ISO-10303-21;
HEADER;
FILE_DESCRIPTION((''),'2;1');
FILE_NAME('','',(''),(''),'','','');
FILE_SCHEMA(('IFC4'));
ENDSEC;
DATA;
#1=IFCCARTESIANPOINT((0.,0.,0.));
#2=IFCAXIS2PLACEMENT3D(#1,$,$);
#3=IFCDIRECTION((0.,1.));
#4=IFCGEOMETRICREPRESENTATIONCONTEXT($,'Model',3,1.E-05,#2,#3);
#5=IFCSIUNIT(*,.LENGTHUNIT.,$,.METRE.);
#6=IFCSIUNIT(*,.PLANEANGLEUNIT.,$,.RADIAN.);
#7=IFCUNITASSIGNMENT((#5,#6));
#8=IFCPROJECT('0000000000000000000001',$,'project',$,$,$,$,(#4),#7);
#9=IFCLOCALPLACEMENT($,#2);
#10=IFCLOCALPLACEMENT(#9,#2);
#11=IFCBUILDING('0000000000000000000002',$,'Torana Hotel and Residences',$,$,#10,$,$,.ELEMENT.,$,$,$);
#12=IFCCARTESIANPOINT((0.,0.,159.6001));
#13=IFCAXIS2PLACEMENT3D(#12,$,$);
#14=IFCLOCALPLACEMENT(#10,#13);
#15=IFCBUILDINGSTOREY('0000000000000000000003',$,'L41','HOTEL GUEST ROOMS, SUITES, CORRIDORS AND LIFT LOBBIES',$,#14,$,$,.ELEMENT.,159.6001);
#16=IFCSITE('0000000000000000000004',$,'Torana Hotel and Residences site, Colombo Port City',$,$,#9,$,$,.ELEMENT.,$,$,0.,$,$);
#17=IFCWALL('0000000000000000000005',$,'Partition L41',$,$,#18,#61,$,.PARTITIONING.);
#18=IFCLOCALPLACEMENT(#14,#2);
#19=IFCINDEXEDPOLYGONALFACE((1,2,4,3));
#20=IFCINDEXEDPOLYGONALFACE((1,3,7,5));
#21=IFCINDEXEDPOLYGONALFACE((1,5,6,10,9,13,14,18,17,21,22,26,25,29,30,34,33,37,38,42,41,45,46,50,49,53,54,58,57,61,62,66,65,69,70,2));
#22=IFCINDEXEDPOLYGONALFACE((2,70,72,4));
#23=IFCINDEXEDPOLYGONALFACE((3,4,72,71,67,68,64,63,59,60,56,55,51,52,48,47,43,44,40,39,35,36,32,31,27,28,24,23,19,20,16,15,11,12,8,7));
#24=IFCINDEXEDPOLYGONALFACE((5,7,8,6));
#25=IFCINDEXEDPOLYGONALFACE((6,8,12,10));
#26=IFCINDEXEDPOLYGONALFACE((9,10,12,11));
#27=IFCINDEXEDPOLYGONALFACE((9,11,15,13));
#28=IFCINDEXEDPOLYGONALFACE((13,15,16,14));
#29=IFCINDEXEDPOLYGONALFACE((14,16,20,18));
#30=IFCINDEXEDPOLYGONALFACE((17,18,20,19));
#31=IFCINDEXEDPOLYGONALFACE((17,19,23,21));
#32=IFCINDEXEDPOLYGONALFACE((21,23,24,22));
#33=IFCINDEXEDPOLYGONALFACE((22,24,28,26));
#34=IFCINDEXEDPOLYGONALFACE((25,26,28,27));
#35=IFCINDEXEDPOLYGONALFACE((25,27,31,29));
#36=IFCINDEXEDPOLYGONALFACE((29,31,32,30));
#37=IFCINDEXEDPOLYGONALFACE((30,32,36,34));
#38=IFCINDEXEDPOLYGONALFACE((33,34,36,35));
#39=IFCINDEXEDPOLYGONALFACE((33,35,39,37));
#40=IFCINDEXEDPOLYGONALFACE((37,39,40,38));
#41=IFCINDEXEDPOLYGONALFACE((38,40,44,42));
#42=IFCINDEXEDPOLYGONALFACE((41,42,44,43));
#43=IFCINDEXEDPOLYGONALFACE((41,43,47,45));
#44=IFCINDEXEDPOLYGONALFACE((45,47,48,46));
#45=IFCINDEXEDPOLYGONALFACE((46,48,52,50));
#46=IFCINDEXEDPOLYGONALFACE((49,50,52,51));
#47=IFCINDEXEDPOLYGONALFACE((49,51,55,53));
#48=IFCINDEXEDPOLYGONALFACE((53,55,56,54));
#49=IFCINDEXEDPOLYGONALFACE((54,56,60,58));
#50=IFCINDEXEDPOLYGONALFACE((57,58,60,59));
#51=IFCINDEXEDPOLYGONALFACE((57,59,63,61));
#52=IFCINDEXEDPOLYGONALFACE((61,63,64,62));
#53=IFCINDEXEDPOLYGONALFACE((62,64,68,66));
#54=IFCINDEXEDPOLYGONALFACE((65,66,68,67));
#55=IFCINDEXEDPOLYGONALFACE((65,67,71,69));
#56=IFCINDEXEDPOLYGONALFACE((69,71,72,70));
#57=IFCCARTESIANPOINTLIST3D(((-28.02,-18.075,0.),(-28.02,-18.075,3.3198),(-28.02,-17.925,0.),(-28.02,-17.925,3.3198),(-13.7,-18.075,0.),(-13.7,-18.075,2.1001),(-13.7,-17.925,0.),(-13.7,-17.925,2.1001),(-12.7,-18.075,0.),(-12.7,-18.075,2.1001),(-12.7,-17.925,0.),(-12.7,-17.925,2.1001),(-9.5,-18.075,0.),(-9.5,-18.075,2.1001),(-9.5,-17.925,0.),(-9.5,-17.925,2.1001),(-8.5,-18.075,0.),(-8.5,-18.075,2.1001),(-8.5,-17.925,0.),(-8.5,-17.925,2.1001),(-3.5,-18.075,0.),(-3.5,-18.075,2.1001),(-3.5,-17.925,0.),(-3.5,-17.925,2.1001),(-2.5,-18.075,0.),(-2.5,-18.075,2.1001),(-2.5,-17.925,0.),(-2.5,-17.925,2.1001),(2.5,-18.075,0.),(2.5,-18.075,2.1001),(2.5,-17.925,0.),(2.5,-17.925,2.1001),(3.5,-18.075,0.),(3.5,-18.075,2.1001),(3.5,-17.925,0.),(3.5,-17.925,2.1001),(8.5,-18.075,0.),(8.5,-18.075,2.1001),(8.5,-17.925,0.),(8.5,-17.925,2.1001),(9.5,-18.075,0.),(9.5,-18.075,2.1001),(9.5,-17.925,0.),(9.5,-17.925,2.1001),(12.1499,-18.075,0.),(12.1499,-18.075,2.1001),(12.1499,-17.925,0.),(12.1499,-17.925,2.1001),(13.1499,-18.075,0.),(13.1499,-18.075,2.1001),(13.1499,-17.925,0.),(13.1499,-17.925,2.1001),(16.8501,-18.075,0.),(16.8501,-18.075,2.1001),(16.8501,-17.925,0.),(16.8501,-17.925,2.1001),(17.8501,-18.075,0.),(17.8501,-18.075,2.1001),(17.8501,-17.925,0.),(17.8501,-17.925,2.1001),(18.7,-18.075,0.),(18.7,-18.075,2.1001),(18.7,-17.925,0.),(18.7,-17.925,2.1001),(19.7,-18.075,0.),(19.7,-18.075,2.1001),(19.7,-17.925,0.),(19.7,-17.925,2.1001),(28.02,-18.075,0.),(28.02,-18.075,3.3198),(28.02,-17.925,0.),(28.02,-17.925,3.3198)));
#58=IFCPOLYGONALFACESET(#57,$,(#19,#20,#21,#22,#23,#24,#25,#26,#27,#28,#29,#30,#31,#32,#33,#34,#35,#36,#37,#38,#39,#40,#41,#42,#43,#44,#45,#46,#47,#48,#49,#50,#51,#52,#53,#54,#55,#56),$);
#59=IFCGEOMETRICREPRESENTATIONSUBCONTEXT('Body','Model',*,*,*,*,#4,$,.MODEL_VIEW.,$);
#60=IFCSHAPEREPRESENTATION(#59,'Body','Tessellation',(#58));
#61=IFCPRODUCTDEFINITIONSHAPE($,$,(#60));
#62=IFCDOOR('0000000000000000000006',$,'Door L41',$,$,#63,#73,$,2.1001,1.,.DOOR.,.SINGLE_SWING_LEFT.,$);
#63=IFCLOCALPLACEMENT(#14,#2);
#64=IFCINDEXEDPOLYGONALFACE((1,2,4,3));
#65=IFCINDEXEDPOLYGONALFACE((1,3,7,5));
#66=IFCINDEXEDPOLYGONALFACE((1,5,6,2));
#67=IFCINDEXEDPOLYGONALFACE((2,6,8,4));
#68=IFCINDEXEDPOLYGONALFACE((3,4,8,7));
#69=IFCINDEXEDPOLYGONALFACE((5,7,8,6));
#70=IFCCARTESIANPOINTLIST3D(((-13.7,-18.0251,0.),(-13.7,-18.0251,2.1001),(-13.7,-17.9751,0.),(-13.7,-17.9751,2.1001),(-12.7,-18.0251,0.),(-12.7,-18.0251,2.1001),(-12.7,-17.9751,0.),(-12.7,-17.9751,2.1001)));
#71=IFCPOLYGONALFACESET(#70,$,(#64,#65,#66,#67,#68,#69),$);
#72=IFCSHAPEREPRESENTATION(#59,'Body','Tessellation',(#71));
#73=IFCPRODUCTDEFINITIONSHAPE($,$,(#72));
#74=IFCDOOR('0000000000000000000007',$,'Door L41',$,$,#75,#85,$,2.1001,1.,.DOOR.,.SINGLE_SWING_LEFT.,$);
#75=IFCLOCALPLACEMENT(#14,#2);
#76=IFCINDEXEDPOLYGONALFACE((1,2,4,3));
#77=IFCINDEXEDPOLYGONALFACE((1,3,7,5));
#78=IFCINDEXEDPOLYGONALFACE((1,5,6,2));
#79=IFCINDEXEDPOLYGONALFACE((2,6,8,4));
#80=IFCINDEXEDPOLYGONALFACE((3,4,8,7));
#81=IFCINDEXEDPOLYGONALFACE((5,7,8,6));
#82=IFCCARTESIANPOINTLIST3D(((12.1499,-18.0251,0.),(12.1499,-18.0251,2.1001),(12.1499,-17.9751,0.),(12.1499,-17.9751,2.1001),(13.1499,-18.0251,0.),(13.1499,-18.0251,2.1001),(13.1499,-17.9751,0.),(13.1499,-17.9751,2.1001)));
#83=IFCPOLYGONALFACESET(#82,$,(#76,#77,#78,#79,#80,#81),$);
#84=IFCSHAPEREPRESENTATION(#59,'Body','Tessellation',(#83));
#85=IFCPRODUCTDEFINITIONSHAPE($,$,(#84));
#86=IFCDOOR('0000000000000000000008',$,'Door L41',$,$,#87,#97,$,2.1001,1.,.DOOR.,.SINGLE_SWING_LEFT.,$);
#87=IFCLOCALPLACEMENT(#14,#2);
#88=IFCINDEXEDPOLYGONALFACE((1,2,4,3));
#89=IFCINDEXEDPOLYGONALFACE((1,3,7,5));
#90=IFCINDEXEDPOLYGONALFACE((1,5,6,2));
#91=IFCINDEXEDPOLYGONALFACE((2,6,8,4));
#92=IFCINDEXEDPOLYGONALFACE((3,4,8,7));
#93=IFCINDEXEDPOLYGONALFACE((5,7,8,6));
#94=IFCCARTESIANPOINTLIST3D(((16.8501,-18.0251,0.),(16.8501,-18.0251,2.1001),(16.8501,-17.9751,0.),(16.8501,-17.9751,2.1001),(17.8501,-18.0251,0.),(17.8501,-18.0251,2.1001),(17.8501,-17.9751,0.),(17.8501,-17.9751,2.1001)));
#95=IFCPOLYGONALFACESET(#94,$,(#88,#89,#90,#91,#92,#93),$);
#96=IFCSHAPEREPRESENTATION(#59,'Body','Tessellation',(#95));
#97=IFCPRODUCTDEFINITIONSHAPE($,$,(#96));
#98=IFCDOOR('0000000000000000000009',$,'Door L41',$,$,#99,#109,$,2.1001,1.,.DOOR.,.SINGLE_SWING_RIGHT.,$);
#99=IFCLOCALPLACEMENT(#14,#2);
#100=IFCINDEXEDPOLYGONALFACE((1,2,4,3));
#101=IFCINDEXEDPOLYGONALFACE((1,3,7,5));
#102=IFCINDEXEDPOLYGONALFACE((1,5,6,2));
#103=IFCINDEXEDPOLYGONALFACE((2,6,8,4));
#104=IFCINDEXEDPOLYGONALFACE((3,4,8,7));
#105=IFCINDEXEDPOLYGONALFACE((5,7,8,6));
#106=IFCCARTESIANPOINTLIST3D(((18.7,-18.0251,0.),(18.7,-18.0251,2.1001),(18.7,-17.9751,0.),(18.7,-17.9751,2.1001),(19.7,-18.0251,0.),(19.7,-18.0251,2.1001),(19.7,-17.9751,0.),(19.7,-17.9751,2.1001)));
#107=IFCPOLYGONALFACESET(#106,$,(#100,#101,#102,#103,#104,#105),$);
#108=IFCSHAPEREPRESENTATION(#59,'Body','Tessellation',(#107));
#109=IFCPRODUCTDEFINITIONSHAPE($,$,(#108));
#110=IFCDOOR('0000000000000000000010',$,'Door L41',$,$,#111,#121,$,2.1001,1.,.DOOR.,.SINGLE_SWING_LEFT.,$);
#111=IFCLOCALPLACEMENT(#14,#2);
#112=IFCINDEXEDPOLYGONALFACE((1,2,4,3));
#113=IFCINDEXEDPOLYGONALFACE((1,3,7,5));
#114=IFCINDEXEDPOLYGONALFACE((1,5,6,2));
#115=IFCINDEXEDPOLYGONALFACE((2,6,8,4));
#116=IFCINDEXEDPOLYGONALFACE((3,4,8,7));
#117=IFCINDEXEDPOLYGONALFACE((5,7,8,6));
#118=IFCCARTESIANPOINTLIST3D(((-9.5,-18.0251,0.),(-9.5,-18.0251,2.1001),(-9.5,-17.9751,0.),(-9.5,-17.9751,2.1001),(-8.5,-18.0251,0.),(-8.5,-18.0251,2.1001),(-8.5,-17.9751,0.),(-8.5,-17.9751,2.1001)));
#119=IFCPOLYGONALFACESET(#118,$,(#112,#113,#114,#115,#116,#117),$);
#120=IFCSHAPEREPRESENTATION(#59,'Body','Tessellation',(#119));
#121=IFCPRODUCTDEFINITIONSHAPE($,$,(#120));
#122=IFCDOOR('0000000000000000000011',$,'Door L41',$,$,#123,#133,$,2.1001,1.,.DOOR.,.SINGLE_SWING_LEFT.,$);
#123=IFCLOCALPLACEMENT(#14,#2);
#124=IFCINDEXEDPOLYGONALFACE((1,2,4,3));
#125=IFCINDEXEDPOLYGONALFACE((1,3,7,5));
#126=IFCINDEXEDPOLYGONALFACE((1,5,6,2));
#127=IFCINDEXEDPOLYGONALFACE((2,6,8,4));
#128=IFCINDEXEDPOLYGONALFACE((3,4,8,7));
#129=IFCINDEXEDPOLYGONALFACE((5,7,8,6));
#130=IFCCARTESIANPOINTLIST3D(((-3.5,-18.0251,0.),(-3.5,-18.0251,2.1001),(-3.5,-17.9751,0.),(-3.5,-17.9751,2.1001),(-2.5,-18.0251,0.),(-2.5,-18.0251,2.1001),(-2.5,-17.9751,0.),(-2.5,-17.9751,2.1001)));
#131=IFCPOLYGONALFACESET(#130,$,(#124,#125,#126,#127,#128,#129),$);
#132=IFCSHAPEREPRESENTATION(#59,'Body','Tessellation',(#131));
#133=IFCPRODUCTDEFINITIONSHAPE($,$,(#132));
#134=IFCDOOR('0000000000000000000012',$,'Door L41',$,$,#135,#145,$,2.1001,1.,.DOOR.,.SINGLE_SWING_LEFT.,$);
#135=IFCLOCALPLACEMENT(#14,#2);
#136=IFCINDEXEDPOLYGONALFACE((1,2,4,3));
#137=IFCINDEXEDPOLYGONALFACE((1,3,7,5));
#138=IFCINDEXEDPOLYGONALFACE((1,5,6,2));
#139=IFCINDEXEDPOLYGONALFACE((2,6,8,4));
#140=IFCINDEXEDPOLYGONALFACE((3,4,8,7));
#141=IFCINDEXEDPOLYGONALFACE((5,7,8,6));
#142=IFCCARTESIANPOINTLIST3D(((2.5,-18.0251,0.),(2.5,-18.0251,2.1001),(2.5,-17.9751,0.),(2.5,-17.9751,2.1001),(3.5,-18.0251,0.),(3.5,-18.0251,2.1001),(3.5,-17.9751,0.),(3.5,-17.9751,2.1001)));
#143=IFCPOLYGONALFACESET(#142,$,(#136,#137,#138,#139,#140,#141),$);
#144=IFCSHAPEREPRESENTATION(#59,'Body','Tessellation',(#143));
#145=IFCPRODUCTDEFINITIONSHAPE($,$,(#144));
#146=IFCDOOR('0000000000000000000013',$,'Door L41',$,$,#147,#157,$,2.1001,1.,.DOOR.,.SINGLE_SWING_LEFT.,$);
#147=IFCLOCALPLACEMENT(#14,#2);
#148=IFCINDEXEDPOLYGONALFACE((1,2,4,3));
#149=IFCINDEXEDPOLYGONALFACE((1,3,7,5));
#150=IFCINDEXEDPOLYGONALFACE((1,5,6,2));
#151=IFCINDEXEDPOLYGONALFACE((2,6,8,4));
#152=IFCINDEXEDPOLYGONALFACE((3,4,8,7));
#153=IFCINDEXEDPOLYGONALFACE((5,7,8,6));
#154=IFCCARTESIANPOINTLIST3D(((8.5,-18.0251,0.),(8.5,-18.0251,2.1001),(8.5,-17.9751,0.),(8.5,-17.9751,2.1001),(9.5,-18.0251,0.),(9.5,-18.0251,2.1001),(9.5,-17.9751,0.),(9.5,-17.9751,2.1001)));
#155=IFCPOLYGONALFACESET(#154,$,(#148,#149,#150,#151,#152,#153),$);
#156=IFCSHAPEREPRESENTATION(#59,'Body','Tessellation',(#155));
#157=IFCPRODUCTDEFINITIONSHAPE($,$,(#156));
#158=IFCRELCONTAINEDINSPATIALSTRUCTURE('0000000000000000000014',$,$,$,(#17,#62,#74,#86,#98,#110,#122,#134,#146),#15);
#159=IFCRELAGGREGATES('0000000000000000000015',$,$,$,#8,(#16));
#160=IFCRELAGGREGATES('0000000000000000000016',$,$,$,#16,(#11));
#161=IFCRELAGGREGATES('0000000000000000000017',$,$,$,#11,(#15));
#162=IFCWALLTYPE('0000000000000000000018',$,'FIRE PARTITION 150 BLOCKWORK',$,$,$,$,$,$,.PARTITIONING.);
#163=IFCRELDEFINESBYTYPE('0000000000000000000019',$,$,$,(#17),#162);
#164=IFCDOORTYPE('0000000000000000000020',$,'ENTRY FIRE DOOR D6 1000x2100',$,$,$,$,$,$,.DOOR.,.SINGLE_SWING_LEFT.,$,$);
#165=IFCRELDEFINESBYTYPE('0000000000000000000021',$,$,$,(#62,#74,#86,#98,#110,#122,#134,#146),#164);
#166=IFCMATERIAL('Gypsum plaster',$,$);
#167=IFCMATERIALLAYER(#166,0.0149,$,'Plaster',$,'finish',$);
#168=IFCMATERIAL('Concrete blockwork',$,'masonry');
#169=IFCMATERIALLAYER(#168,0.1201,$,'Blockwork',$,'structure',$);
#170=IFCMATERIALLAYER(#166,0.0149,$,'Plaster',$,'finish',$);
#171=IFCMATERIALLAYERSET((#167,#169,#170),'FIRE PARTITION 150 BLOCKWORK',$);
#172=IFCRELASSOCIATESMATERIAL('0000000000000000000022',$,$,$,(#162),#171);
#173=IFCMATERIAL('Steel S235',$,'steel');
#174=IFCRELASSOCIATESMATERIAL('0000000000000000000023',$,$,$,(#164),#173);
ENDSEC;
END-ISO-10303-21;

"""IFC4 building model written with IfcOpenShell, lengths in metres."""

from ifc_helpers import new_model, si_unit, direction, frame, frame_2d, origin, place, context, subcontext, project, spatial, rectangle, extrude, material, layer, layer_set, type_object, element, fill, save


model = new_model("IFC4")

# Units and contexts
model_context = context("Model", 3, precision=1e-05, world=origin(), true_north=direction((0.0, 1.0)))
body_context = subcontext(model_context, "Body", "Model", "MODEL_VIEW")
ifc_project = project(units=[si_unit("LENGTHUNIT", "METRE"), si_unit("PLANEANGLEUNIT", "RADIAN")], contexts=[model_context])

# Site, building, storey
site_placement = place(None, origin())
site = spatial("IfcSite", under=ifc_project, at=site_placement, Name="Torana Hotel and Residences site, Colombo Port City", CompositionType="ELEMENT", RefElevation=0.0)
building_placement = place(site_placement, origin())
building = spatial("IfcBuilding", under=site, at=building_placement, Name="Torana Hotel and Residences", CompositionType="ELEMENT")
storey_placement = place(building_placement, frame((0.0, 0.0, 159.6001)))
storey = spatial("IfcBuildingStorey", under=building, at=storey_placement, Name="L41", Description="HOTEL GUEST ROOMS, SUITES, CORRIDORS AND LIFT LOBBIES", CompositionType="ELEMENT", Elevation=159.6001)

# Wall, openings, doors
ifc_material_1 = material(Name="Gypsum plaster")
ifc_layer_1 = layer(ifc_material_1, 0.0149, Name="Plaster", Category="finish")
ifc_material_2 = material(Name="Concrete blockwork", Category="masonry")
ifc_layer_2 = layer(ifc_material_2, 0.1201, Name="Blockwork", Category="structure")
ifc_layer_3 = layer(ifc_material_1, 0.0149, Name="Plaster", Category="finish")
ifc_layer_set_1 = layer_set([ifc_layer_1, ifc_layer_2, ifc_layer_3], Name="FIRE PARTITION 150 BLOCKWORK")
wall_type_1 = type_object("IfcWallType", Name="FIRE PARTITION 150 BLOCKWORK", PredefinedType="PARTITIONING", material=ifc_layer_set_1)
wall_1_placement = place(storey_placement, frame((-28.02, -18.0, 0.0), z_axis=(0.0, 0.0, 1.0), x_axis=(1.0, 0.0, 0.0)))
wall_1 = element("IfcWall", 1, at=wall_1_placement, inside=storey, type_object=wall_type_1, Name="Partition L41", PredefinedType="PARTITIONING", context=body_context, shape_type="SweptSolid", body=[
    extrude(rectangle(XDim=56.04, YDim=0.1499, at=frame_2d((28.02, 0.0))), origin(), (0.0, 0.0, 1.0), 3.3198),
])
opening_1_placement = place(wall_1_placement, frame((14.3201, 0.0, 0.0)))
opening_1 = element("IfcOpeningElement", 2, at=opening_1_placement, cuts=wall_1, PredefinedType="OPENING", context=body_context, shape_type="SweptSolid", body=[
    extrude(rectangle(XDim=1.0, YDim=2.1001, at=frame_2d((0.5, 1.05))), frame((0.0, 0.085, 0.0), z_axis=(0.0, -1.0, 0.0), x_axis=(1.0, 0.0, 0.0)), (0.0, 0.0, 1.0), 0.1699),
])
opening_2_placement = place(wall_1_placement, frame((40.1699, 0.0, 0.0)))
opening_2 = element("IfcOpeningElement", 3, at=opening_2_placement, cuts=wall_1, PredefinedType="OPENING", context=body_context, shape_type="SweptSolid", body=[
    extrude(rectangle(XDim=1.0, YDim=2.1001, at=frame_2d((0.5, 1.05))), frame((0.0, 0.085, 0.0), z_axis=(0.0, -1.0, 0.0), x_axis=(1.0, 0.0, 0.0)), (0.0, 0.0, 1.0), 0.1699),
])
opening_3_placement = place(wall_1_placement, frame((44.8701, 0.0, 0.0)))
opening_3 = element("IfcOpeningElement", 4, at=opening_3_placement, cuts=wall_1, PredefinedType="OPENING", context=body_context, shape_type="SweptSolid", body=[
    extrude(rectangle(XDim=1.0, YDim=2.1001, at=frame_2d((0.5, 1.05))), frame((0.0, 0.085, 0.0), z_axis=(0.0, -1.0, 0.0), x_axis=(1.0, 0.0, 0.0)), (0.0, 0.0, 1.0), 0.1699),
])
opening_4_placement = place(wall_1_placement, frame((46.72, 0.0, 0.0)))
opening_4 = element("IfcOpeningElement", 5, at=opening_4_placement, cuts=wall_1, PredefinedType="OPENING", context=body_context, shape_type="SweptSolid", body=[
    extrude(rectangle(XDim=1.0, YDim=2.1001, at=frame_2d((0.5, 1.05))), frame((0.0, 0.085, 0.0), z_axis=(0.0, -1.0, 0.0), x_axis=(1.0, 0.0, 0.0)), (0.0, 0.0, 1.0), 0.1699),
])
opening_5_placement = place(wall_1_placement, frame((18.52, 0.0, 0.0)))
opening_5 = element("IfcOpeningElement", 6, at=opening_5_placement, cuts=wall_1, PredefinedType="OPENING", context=body_context, shape_type="SweptSolid", body=[
    extrude(rectangle(XDim=1.0, YDim=2.1001, at=frame_2d((0.5, 1.05))), frame((0.0, 0.085, 0.0), z_axis=(0.0, -1.0, 0.0), x_axis=(1.0, 0.0, 0.0)), (0.0, 0.0, 1.0), 0.1699),
])
opening_6_placement = place(wall_1_placement, frame((24.52, 0.0, 0.0)))
opening_6 = element("IfcOpeningElement", 7, at=opening_6_placement, cuts=wall_1, PredefinedType="OPENING", context=body_context, shape_type="SweptSolid", body=[
    extrude(rectangle(XDim=1.0, YDim=2.1001, at=frame_2d((0.5, 1.05))), frame((0.0, 0.085, 0.0), z_axis=(0.0, -1.0, 0.0), x_axis=(1.0, 0.0, 0.0)), (0.0, 0.0, 1.0), 0.1699),
])
opening_7_placement = place(wall_1_placement, frame((30.52, 0.0, 0.0)))
opening_7 = element("IfcOpeningElement", 8, at=opening_7_placement, cuts=wall_1, PredefinedType="OPENING", context=body_context, shape_type="SweptSolid", body=[
    extrude(rectangle(XDim=1.0, YDim=2.1001, at=frame_2d((0.5, 1.05))), frame((0.0, 0.085, 0.0), z_axis=(0.0, -1.0, 0.0), x_axis=(1.0, 0.0, 0.0)), (0.0, 0.0, 1.0), 0.1699),
])
opening_8_placement = place(wall_1_placement, frame((36.52, 0.0, 0.0)))
opening_8 = element("IfcOpeningElement", 9, at=opening_8_placement, cuts=wall_1, PredefinedType="OPENING", context=body_context, shape_type="SweptSolid", body=[
    extrude(rectangle(XDim=1.0, YDim=2.1001, at=frame_2d((0.5, 1.05))), frame((0.0, 0.085, 0.0), z_axis=(0.0, -1.0, 0.0), x_axis=(1.0, 0.0, 0.0)), (0.0, 0.0, 1.0), 0.1699),
])
ifc_material_3 = material(Name="Steel S235", Category="steel")
door_type_1 = type_object("IfcDoorType", Name="ENTRY FIRE DOOR D6 1000x2100", OperationType="SINGLE_SWING_LEFT", PredefinedType="DOOR", material=ifc_material_3)
door_1_placement = place(opening_1_placement, origin())
door_1 = element("IfcDoor", 10, at=door_1_placement, inside=storey, type_object=door_type_1, Name="Door L41", OperationType="SINGLE_SWING_LEFT", OverallHeight=2.1001, OverallWidth=1.0, PredefinedType="DOOR", context=body_context, shape_type="SweptSolid", body=[
    extrude(rectangle(XDim=1.0, YDim=2.1001, at=frame_2d((0.5, 1.05))), frame((0.0, 0.0249, 0.0), z_axis=(0.0, -1.0, 0.0), x_axis=(1.0, 0.0, 0.0)), (0.0, 0.0, 1.0), 0.05),
])
fill(opening_1, door_1)
door_2_placement = place(opening_2_placement, frame((0.5, 0.0, 0.0), z_axis=(0.0, 0.0, 1.0), x_axis=(-1.0, 0.0, 0.0)))
door_2 = element("IfcDoor", 11, at=door_2_placement, inside=storey, type_object=door_type_1, Name="Door L41", OperationType="SINGLE_SWING_LEFT", OverallHeight=2.1001, OverallWidth=1.0, PredefinedType="DOOR", context=body_context, shape_type="SweptSolid", body=[
    extrude(rectangle(XDim=1.0, YDim=2.1001, at=frame_2d((0.0, 1.05))), frame((0.0, -0.0249, 0.0), z_axis=(0.0, 1.0, 0.0), x_axis=(-1.0, 0.0, 0.0)), (0.0, 0.0, 1.0), 0.05),
])
fill(opening_2, door_2)
door_3_placement = place(opening_3_placement, frame((0.5, 0.0, 0.0), z_axis=(0.0, 0.0, 1.0), x_axis=(-1.0, 0.0, 0.0)))
door_3 = element("IfcDoor", 12, at=door_3_placement, inside=storey, type_object=door_type_1, Name="Door L41", OperationType="SINGLE_SWING_LEFT", OverallHeight=2.1001, OverallWidth=1.0, PredefinedType="DOOR", context=body_context, shape_type="SweptSolid", body=[
    extrude(rectangle(XDim=1.0, YDim=2.1001, at=frame_2d((0.0, 1.05))), frame((0.0, -0.0249, 0.0), z_axis=(0.0, 1.0, 0.0), x_axis=(-1.0, 0.0, 0.0)), (0.0, 0.0, 1.0), 0.05),
])
fill(opening_3, door_3)
door_4_placement = place(opening_4_placement, origin())
door_4 = element("IfcDoor", 13, at=door_4_placement, inside=storey, type_object=door_type_1, Name="Door L41", OperationType="SINGLE_SWING_RIGHT", OverallHeight=2.1001, OverallWidth=1.0, PredefinedType="DOOR", context=body_context, shape_type="SweptSolid", body=[
    extrude(rectangle(XDim=1.0, YDim=2.1001, at=frame_2d((0.5, 1.05))), frame((0.0, 0.0249, 0.0), z_axis=(0.0, -1.0, 0.0), x_axis=(1.0, 0.0, 0.0)), (0.0, 0.0, 1.0), 0.05),
])
fill(opening_4, door_4)
door_5_placement = place(opening_5_placement, frame((0.5, 0.0, 0.0), z_axis=(0.0, 0.0, 1.0), x_axis=(-1.0, 0.0, 0.0)))
door_5 = element("IfcDoor", 14, at=door_5_placement, inside=storey, type_object=door_type_1, Name="Door L41", OperationType="SINGLE_SWING_LEFT", OverallHeight=2.1001, OverallWidth=1.0, PredefinedType="DOOR", context=body_context, shape_type="SweptSolid", body=[
    extrude(rectangle(XDim=1.0, YDim=2.1001, at=frame_2d((0.0, 1.05))), frame((0.0, -0.0249, 0.0), z_axis=(0.0, 1.0, 0.0), x_axis=(-1.0, 0.0, 0.0)), (0.0, 0.0, 1.0), 0.05),
])
fill(opening_5, door_5)
door_6_placement = place(opening_6_placement, frame((0.5, 0.0, 0.0), z_axis=(0.0, 0.0, 1.0), x_axis=(-1.0, 0.0, 0.0)))
door_6 = element("IfcDoor", 15, at=door_6_placement, inside=storey, type_object=door_type_1, Name="Door L41", OperationType="SINGLE_SWING_LEFT", OverallHeight=2.1001, OverallWidth=1.0, PredefinedType="DOOR", context=body_context, shape_type="SweptSolid", body=[
    extrude(rectangle(XDim=1.0, YDim=2.1001, at=frame_2d((0.0, 1.05))), frame((0.0, -0.0249, 0.0), z_axis=(0.0, 1.0, 0.0), x_axis=(-1.0, 0.0, 0.0)), (0.0, 0.0, 1.0), 0.05),
])
fill(opening_6, door_6)
door_7_placement = place(opening_7_placement, frame((0.5, 0.0, 0.0), z_axis=(0.0, 0.0, 1.0), x_axis=(-1.0, 0.0, 0.0)))
door_7 = element("IfcDoor", 16, at=door_7_placement, inside=storey, type_object=door_type_1, Name="Door L41", OperationType="SINGLE_SWING_LEFT", OverallHeight=2.1001, OverallWidth=1.0, PredefinedType="DOOR", context=body_context, shape_type="SweptSolid", body=[
    extrude(rectangle(XDim=1.0, YDim=2.1001, at=frame_2d((0.0, 1.05))), frame((0.0, -0.0249, 0.0), z_axis=(0.0, 1.0, 0.0), x_axis=(-1.0, 0.0, 0.0)), (0.0, 0.0, 1.0), 0.05),
])
fill(opening_7, door_7)
door_8_placement = place(opening_8_placement, frame((0.5, 0.0, 0.0), z_axis=(0.0, 0.0, 1.0), x_axis=(-1.0, 0.0, 0.0)))
door_8 = element("IfcDoor", 17, at=door_8_placement, inside=storey, type_object=door_type_1, Name="Door L41", OperationType="SINGLE_SWING_LEFT", OverallHeight=2.1001, OverallWidth=1.0, PredefinedType="DOOR", context=body_context, shape_type="SweptSolid", body=[
    extrude(rectangle(XDim=1.0, YDim=2.1001, at=frame_2d((0.0, 1.05))), frame((0.0, -0.0249, 0.0), z_axis=(0.0, 1.0, 0.0), x_axis=(-1.0, 0.0, 0.0)), (0.0, 0.0, 1.0), 0.05),
])
fill(opening_8, door_8)

save(model, "model.ifc")
